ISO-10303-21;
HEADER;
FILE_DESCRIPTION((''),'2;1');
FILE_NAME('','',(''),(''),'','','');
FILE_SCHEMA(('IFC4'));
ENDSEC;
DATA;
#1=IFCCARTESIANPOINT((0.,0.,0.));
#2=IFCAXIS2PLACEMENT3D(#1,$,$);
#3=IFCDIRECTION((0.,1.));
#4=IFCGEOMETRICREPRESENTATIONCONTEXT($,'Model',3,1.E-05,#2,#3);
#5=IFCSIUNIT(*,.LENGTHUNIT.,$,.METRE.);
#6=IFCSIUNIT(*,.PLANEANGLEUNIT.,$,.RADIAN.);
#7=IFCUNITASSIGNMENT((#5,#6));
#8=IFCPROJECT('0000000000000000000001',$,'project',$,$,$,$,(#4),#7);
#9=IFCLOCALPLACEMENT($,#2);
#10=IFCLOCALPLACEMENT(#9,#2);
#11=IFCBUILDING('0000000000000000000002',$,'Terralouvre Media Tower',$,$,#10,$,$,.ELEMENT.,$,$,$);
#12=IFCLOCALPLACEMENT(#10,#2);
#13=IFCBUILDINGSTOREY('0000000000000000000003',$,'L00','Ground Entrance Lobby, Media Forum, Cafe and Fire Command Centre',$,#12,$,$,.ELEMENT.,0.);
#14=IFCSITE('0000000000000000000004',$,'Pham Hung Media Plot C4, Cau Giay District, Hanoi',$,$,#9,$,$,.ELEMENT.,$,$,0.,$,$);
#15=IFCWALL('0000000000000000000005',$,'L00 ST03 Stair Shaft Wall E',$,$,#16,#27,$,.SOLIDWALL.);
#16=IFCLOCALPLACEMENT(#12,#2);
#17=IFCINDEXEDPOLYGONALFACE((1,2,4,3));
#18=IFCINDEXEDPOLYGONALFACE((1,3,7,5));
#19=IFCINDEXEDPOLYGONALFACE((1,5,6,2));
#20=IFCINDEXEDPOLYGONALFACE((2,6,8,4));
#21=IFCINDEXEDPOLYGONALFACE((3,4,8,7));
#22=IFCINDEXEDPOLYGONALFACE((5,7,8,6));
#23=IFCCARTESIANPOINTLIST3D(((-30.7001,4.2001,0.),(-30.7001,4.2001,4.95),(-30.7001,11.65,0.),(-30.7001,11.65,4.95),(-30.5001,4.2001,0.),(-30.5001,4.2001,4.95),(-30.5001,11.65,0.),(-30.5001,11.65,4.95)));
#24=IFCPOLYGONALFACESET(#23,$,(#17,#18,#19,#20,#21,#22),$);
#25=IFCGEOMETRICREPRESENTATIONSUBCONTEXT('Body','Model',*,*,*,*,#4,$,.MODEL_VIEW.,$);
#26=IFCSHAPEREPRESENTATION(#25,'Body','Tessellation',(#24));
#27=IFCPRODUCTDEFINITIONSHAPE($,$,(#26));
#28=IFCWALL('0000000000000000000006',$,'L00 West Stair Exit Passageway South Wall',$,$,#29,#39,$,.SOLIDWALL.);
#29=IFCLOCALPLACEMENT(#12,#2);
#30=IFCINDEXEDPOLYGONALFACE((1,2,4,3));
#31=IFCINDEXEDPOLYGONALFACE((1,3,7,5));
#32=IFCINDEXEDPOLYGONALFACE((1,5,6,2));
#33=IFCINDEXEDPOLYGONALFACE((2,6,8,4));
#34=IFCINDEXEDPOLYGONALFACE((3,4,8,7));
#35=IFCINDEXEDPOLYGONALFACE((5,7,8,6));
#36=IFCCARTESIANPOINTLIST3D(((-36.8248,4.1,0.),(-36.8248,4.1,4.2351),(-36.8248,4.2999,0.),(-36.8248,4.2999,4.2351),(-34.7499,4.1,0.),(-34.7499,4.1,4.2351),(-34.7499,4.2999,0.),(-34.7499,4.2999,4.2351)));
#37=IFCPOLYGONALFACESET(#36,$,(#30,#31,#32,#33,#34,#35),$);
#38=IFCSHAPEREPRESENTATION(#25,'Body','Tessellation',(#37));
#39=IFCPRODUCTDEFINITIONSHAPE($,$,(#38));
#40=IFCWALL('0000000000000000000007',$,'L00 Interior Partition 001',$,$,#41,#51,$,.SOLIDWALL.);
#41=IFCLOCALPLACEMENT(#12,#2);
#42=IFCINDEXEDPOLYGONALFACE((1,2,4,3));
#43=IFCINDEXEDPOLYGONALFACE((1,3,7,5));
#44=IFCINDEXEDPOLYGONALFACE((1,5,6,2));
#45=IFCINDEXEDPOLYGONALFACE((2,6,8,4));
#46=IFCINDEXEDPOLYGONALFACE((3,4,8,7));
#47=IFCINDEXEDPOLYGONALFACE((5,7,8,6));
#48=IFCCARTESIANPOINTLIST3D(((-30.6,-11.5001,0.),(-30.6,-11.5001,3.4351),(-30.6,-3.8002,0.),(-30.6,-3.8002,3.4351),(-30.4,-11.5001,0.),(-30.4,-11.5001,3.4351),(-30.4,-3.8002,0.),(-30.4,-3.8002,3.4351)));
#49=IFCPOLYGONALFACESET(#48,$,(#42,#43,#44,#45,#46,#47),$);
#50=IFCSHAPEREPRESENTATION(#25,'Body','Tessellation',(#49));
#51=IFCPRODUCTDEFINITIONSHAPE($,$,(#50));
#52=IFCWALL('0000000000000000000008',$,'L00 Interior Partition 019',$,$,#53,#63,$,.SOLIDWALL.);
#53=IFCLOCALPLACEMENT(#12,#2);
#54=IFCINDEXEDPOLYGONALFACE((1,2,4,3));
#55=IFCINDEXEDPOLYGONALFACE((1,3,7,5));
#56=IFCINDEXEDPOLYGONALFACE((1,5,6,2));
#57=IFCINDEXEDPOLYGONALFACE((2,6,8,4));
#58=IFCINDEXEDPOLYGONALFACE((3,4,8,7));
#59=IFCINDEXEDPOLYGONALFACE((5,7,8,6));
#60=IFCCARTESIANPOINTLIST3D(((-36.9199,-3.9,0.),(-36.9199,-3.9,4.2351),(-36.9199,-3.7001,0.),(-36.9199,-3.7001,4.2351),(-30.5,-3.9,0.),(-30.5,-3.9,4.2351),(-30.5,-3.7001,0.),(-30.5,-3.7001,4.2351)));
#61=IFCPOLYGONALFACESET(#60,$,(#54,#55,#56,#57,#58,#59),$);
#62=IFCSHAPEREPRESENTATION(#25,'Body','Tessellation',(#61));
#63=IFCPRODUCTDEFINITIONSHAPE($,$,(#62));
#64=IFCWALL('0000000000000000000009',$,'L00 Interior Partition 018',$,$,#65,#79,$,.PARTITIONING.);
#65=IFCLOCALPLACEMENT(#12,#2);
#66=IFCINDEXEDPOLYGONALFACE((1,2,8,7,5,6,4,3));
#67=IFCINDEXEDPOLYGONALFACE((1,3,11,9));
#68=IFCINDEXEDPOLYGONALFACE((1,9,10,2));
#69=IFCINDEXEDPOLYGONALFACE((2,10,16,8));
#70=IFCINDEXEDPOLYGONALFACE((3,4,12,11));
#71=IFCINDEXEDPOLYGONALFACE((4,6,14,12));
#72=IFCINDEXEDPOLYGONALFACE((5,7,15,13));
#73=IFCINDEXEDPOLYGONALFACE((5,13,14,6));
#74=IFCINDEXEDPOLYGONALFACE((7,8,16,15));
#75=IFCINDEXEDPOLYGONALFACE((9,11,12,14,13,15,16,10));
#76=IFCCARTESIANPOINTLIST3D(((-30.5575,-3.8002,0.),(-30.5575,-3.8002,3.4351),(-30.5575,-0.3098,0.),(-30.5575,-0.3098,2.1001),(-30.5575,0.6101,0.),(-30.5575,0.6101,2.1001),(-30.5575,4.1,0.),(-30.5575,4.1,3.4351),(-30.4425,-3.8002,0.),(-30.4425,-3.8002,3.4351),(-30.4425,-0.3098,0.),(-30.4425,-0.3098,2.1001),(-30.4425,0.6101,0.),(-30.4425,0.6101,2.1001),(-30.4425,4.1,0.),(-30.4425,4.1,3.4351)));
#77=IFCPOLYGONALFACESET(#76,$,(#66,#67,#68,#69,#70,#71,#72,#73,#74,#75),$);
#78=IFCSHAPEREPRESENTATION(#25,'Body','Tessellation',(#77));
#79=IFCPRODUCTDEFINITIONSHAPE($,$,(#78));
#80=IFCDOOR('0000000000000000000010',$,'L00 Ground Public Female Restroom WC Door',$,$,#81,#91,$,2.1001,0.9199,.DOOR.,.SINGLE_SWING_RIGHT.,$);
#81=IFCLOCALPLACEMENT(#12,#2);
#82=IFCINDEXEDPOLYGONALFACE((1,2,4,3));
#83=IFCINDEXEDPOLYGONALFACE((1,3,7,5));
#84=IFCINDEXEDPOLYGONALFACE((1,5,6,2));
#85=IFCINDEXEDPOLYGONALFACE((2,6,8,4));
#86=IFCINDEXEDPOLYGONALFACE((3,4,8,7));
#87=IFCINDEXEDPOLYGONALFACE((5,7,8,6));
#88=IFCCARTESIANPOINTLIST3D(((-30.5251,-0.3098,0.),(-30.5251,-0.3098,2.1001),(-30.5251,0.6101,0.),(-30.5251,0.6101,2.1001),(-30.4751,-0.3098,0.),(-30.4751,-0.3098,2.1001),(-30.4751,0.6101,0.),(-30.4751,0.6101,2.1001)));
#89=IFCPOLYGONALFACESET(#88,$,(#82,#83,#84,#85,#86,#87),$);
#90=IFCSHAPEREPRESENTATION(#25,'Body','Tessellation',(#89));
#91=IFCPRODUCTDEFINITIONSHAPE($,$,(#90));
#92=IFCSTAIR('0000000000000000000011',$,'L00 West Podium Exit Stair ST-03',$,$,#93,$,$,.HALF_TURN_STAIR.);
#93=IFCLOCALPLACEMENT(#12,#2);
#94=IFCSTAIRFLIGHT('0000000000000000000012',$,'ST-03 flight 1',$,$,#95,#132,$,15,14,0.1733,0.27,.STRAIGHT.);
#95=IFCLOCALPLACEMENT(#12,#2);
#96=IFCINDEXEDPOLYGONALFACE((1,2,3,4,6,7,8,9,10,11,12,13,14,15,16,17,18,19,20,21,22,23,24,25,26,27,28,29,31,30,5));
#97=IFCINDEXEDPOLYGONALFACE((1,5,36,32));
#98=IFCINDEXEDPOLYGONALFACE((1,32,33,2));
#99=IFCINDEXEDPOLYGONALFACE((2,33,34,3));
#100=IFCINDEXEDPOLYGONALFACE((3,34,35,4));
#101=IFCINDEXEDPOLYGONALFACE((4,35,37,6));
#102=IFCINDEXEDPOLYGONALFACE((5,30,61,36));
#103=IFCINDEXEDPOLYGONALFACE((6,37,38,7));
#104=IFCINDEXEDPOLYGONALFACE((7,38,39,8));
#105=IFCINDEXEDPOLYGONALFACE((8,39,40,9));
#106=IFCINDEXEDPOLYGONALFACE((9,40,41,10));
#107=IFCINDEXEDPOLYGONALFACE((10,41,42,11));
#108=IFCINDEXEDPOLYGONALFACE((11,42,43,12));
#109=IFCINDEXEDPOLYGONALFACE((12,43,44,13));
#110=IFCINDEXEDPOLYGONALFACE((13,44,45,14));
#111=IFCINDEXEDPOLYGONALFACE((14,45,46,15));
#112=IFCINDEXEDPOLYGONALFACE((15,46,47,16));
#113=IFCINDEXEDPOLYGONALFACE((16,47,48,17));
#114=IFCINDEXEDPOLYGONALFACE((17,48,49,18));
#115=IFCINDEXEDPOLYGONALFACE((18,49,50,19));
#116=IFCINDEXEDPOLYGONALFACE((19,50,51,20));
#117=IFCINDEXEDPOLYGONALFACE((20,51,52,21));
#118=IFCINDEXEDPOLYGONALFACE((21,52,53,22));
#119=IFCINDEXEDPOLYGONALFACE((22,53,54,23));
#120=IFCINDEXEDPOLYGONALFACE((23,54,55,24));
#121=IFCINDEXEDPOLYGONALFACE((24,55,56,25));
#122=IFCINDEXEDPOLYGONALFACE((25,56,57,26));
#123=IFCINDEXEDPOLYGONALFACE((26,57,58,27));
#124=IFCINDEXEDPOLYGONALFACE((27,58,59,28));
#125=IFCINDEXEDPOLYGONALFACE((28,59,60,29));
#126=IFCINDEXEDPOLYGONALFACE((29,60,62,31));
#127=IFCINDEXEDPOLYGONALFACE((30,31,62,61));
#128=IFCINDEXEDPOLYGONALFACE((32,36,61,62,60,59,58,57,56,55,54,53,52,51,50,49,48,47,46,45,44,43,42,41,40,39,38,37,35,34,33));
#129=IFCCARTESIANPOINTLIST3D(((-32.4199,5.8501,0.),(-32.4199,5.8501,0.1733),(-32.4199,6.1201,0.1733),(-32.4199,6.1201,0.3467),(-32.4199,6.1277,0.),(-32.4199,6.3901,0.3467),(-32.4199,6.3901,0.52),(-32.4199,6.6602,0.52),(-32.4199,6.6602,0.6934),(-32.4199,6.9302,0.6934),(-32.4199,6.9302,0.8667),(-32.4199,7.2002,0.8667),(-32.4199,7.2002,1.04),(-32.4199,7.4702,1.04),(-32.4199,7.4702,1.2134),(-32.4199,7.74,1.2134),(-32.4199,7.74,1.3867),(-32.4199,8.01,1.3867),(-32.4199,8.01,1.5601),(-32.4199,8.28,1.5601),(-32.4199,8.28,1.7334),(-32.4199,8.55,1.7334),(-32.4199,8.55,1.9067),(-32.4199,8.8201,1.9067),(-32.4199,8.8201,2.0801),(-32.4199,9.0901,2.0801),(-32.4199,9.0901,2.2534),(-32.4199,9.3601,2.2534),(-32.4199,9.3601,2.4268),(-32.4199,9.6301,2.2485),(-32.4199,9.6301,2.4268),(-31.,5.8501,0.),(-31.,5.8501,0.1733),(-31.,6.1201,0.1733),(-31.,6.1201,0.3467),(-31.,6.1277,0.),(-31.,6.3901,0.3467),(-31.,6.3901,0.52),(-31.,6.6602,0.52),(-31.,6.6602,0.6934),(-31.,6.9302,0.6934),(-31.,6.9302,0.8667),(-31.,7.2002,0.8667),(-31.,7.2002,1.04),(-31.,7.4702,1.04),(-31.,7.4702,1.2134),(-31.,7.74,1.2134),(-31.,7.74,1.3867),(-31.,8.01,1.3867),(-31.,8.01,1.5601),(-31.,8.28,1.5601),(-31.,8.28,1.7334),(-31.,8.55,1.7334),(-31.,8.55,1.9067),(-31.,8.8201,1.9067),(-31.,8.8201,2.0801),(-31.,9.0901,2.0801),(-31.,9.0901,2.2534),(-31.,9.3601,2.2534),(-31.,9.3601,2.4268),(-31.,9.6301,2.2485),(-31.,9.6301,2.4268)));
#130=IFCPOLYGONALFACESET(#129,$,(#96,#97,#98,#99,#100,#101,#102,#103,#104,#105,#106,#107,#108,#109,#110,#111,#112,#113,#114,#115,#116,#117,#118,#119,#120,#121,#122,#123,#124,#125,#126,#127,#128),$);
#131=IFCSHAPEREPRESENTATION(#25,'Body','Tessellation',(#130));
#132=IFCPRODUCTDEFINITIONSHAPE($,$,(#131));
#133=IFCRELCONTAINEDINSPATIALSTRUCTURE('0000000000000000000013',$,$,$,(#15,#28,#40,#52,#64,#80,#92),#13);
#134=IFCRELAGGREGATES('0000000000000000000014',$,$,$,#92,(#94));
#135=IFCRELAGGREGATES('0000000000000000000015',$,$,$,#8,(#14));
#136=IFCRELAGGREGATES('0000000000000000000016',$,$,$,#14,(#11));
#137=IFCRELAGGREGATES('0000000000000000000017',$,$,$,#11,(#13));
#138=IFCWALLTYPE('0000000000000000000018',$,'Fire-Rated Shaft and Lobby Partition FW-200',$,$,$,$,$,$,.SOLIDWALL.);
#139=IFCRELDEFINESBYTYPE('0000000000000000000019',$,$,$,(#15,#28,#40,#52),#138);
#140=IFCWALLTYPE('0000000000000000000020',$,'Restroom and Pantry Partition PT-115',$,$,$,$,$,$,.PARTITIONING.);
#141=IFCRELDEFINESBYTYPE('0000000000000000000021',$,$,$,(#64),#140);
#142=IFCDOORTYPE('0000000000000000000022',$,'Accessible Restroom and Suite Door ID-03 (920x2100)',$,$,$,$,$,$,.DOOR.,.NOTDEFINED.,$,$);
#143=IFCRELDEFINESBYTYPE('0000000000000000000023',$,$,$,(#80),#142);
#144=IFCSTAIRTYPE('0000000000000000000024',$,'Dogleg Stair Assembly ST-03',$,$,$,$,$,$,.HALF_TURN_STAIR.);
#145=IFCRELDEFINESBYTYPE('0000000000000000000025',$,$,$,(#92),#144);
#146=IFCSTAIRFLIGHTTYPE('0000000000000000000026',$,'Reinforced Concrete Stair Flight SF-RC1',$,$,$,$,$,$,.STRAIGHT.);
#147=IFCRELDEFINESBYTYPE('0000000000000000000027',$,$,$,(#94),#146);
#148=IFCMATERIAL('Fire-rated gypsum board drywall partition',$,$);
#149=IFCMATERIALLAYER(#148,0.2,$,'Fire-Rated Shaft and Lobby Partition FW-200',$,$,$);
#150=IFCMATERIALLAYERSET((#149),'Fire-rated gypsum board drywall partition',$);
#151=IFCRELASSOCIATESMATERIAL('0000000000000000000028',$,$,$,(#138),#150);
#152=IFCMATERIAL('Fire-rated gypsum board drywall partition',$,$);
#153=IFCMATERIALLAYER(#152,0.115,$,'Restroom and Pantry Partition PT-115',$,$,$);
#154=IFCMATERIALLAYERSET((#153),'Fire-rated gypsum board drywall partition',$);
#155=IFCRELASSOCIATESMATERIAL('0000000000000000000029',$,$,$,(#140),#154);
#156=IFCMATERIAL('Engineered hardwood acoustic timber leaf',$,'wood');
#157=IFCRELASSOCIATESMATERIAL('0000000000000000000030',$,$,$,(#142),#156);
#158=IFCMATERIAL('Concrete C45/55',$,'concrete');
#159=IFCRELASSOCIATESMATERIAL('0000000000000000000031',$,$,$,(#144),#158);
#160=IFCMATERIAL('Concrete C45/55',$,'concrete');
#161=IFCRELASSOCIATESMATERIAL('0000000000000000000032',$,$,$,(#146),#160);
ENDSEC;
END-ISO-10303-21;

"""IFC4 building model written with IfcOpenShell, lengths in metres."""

from ifc_helpers import new_model, si_unit, direction, frame, frame_2d, origin, place, context, subcontext, project, spatial, polyline, rectangle, outline, extrude, material, layer, layer_set, type_object, element, fill, aggregate, save


model = new_model("IFC4")

# Units and contexts
model_context = context("Model", 3, precision=1e-05, world=origin(), true_north=direction((0.0, 1.0)))
body_context = subcontext(model_context, "Body", "Model", "MODEL_VIEW")
ifc_project = project(units=[si_unit("LENGTHUNIT", "METRE"), si_unit("PLANEANGLEUNIT", "RADIAN")], contexts=[model_context])

# Site, building, storey
site_placement = place(None, origin())
site = spatial("IfcSite", under=ifc_project, at=site_placement, Name="Pham Hung Media Plot C4, Cau Giay District, Hanoi", CompositionType="ELEMENT", RefElevation=0.0)
building_placement = place(site_placement, origin())
building = spatial("IfcBuilding", under=site, at=building_placement, Name="Terralouvre Media Tower", CompositionType="ELEMENT")
storey_placement = place(building_placement, origin())
storey = spatial("IfcBuildingStorey", under=building, at=storey_placement, Name="L00", Description="Ground Entrance Lobby, Media Forum, Cafe and Fire Command Centre", CompositionType="ELEMENT", Elevation=0.0)

# Walls
ifc_material_1 = material(Name="Fire-rated gypsum board drywall partition")
ifc_layer_1 = layer(ifc_material_1, 0.2, Name="Fire-Rated Shaft and Lobby Partition FW-200")
ifc_layer_set_1 = layer_set([ifc_layer_1], Name="Fire-rated gypsum board drywall partition")
wall_type_1 = type_object("IfcWallType", Name="Fire-Rated Shaft and Lobby Partition FW-200", PredefinedType="SOLIDWALL", material=ifc_layer_set_1)
wall_1_placement = place(storey_placement, frame((-30.6001, 4.2, 0.0), z_axis=(0.0, 0.0, 1.0), x_axis=(0.0, 1.0, 0.0)))
element("IfcWall", 1, at=wall_1_placement, inside=storey, type_object=wall_type_1, Name="L00 ST03 Stair Shaft Wall E", PredefinedType="SOLIDWALL", context=body_context, shape_type="SweptSolid", body=[
    extrude(rectangle(XDim=7.45, YDim=0.2, at=frame_2d((3.7251, 0.0))), origin(), (0.0, 0.0, 1.0), 4.95),
])
wall_2_placement = place(storey_placement, frame((-36.825, 4.2, 0.0), z_axis=(0.0, 0.0, 1.0), x_axis=(1.0, 0.0, 0.0)))
element("IfcWall", 2, at=wall_2_placement, inside=storey, type_object=wall_type_1, Name="L00 West Stair Exit Passageway South Wall", PredefinedType="SOLIDWALL", context=body_context, shape_type="SweptSolid", body=[
    extrude(rectangle(XDim=2.075, YDim=0.2, at=frame_2d((1.0376, 0.0))), origin(), (0.0, 0.0, 1.0), 4.2351),
])
wall_3_placement = place(storey_placement, frame((-30.5, -3.8, 0.0), z_axis=(0.0, 0.0, 1.0), x_axis=(0.0, -1.0, 0.0)))
element("IfcWall", 3, at=wall_3_placement, inside=storey, type_object=wall_type_1, Name="L00 Interior Partition 001", PredefinedType="SOLIDWALL", context=body_context, shape_type="SweptSolid", body=[
    extrude(rectangle(XDim=7.7, YDim=0.2, at=frame_2d((3.8501, 0.0))), origin(), (0.0, 0.0, 1.0), 3.4351),
])
wall_4_placement = place(storey_placement, frame((-30.5, -3.8, 0.0), z_axis=(0.0, 0.0, 1.0), x_axis=(-1.0, 0.0, 0.0)))
element("IfcWall", 4, at=wall_4_placement, inside=storey, type_object=wall_type_1, Name="L00 Interior Partition 019", PredefinedType="SOLIDWALL", context=body_context, shape_type="SweptSolid", body=[
    extrude(rectangle(XDim=6.4199, YDim=0.2, at=frame_2d((3.21, 0.0))), origin(), (0.0, 0.0, 1.0), 4.2351),
])

# Wall, opening, door
ifc_material_2 = material(Name="Fire-rated gypsum board drywall partition")
ifc_layer_2 = layer(ifc_material_2, 0.115, Name="Restroom and Pantry Partition PT-115")
ifc_layer_set_2 = layer_set([ifc_layer_2], Name="Fire-rated gypsum board drywall partition")
wall_type_2 = type_object("IfcWallType", Name="Restroom and Pantry Partition PT-115", PredefinedType="PARTITIONING", material=ifc_layer_set_2)
wall_5_placement = place(storey_placement, frame((-30.5, 4.1001, 0.0), z_axis=(0.0, 0.0, 1.0), x_axis=(0.0, -1.0, 0.0)))
wall_5 = element("IfcWall", 5, at=wall_5_placement, inside=storey, type_object=wall_type_2, Name="L00 Interior Partition 018", PredefinedType="PARTITIONING", context=body_context, shape_type="SweptSolid", body=[
    extrude(rectangle(XDim=7.9001, YDim=0.115, at=frame_2d((3.9502, 0.0))), origin(), (0.0, 0.0, 1.0), 3.4351),
])
opening_placement = place(wall_5_placement, frame((3.49, 0.0, 0.0)))
opening = element("IfcOpeningElement", 6, at=opening_placement, cuts=wall_5, PredefinedType="OPENING", context=body_context, shape_type="SweptSolid", body=[
    extrude(rectangle(XDim=0.9199, YDim=2.1001, at=frame_2d((0.46, 1.05))), frame((0.0, 0.0674, 0.0), z_axis=(0.0, -1.0, 0.0), x_axis=(1.0, 0.0, 0.0)), (0.0, 0.0, 1.0), 0.135),
])
ifc_material_3 = material(Name="Engineered hardwood acoustic timber leaf", Category="wood")
door_type = type_object("IfcDoorType", Name="Accessible Restroom and Suite Door ID-03 (920x2100)", OperationType="NOTDEFINED", PredefinedType="DOOR", material=ifc_material_3)
door_placement = place(opening_placement, origin())
door = element("IfcDoor", 7, at=door_placement, inside=storey, type_object=door_type, Name="L00 Ground Public Female Restroom WC Door", OperationType="SINGLE_SWING_RIGHT", OverallHeight=2.1001, OverallWidth=0.9199, PredefinedType="DOOR", context=body_context, shape_type="SweptSolid", body=[
    extrude(rectangle(XDim=0.9199, YDim=2.1001, at=frame_2d((0.46, 1.05))), frame((0.0, 0.0249, 0.0), z_axis=(0.0, -1.0, 0.0), x_axis=(1.0, 0.0, 0.0)), (0.0, 0.0, 1.0), 0.05),
])
fill(opening, door)

# Stair, stair flight
ifc_material_4 = material(Name="Concrete C45/55", Category="concrete")
stair_type = type_object("IfcStairType", Name="Dogleg Stair Assembly ST-03", PredefinedType="HALF_TURN_STAIR", material=ifc_material_4)
stair_placement = place(storey_placement, origin())
stair = element("IfcStair", 8, at=stair_placement, inside=storey, type_object=stair_type, Name="L00 West Podium Exit Stair ST-03", PredefinedType="HALF_TURN_STAIR")
ifc_material_5 = material(Name="Concrete C45/55", Category="concrete")
stair_flight_type = type_object("IfcStairFlightType", Name="Reinforced Concrete Stair Flight SF-RC1", PredefinedType="STRAIGHT", material=ifc_material_5)
stair_flight_placement = place(storey_placement, frame((-31.71, 5.8501, 0.0), z_axis=(0.0, 0.0, 1.0), x_axis=(0.0, 1.0, 0.0)))
stair_flight = element("IfcStairFlight", 9, at=stair_flight_placement, type_object=stair_flight_type, Name="ST-03 flight 1", NumberOfRisers=15, NumberOfTreads=14, PredefinedType="STRAIGHT", RiserHeight=0.1733, TreadLength=0.27, context=body_context, shape_type="SweptSolid", body=[
    extrude(outline(polyline([(0.0, 0.0), (0.0, 0.1733), (0.27, 0.1733), (0.27, 0.3467), (0.54, 0.3467), (0.54, 0.52), (0.8101, 0.52), (0.8101, 0.6934), (1.0801, 0.6934), (1.0801, 0.8667), (1.3501, 0.8667), (1.3501, 1.04), (1.6201, 1.04), (1.6201, 1.2134), (1.8899, 1.2134), (1.8899, 1.3867), (2.1599, 1.3867), (2.1599, 1.5601), (2.4299, 1.5601), (2.4299, 1.7334), (2.7, 1.7334), (2.7, 1.9067), (2.97, 1.9067), (2.97, 2.0801), (3.24, 2.0801), (3.24, 2.2534), (3.51, 2.2534), (3.51, 2.4268), (3.78, 2.4268), (3.78, 2.6001), (3.78, 2.2485), (0.2776, 0.0), (0.0, 0.0)])), frame((0.0, 0.71, 0.0), z_axis=(0.0, -1.0, 0.0), x_axis=(1.0, 0.0, 0.0)), (0.0, 0.0, 1.0), 1.4199),
])
aggregate(stair, [stair_flight])

save(model, "model.ifc")
